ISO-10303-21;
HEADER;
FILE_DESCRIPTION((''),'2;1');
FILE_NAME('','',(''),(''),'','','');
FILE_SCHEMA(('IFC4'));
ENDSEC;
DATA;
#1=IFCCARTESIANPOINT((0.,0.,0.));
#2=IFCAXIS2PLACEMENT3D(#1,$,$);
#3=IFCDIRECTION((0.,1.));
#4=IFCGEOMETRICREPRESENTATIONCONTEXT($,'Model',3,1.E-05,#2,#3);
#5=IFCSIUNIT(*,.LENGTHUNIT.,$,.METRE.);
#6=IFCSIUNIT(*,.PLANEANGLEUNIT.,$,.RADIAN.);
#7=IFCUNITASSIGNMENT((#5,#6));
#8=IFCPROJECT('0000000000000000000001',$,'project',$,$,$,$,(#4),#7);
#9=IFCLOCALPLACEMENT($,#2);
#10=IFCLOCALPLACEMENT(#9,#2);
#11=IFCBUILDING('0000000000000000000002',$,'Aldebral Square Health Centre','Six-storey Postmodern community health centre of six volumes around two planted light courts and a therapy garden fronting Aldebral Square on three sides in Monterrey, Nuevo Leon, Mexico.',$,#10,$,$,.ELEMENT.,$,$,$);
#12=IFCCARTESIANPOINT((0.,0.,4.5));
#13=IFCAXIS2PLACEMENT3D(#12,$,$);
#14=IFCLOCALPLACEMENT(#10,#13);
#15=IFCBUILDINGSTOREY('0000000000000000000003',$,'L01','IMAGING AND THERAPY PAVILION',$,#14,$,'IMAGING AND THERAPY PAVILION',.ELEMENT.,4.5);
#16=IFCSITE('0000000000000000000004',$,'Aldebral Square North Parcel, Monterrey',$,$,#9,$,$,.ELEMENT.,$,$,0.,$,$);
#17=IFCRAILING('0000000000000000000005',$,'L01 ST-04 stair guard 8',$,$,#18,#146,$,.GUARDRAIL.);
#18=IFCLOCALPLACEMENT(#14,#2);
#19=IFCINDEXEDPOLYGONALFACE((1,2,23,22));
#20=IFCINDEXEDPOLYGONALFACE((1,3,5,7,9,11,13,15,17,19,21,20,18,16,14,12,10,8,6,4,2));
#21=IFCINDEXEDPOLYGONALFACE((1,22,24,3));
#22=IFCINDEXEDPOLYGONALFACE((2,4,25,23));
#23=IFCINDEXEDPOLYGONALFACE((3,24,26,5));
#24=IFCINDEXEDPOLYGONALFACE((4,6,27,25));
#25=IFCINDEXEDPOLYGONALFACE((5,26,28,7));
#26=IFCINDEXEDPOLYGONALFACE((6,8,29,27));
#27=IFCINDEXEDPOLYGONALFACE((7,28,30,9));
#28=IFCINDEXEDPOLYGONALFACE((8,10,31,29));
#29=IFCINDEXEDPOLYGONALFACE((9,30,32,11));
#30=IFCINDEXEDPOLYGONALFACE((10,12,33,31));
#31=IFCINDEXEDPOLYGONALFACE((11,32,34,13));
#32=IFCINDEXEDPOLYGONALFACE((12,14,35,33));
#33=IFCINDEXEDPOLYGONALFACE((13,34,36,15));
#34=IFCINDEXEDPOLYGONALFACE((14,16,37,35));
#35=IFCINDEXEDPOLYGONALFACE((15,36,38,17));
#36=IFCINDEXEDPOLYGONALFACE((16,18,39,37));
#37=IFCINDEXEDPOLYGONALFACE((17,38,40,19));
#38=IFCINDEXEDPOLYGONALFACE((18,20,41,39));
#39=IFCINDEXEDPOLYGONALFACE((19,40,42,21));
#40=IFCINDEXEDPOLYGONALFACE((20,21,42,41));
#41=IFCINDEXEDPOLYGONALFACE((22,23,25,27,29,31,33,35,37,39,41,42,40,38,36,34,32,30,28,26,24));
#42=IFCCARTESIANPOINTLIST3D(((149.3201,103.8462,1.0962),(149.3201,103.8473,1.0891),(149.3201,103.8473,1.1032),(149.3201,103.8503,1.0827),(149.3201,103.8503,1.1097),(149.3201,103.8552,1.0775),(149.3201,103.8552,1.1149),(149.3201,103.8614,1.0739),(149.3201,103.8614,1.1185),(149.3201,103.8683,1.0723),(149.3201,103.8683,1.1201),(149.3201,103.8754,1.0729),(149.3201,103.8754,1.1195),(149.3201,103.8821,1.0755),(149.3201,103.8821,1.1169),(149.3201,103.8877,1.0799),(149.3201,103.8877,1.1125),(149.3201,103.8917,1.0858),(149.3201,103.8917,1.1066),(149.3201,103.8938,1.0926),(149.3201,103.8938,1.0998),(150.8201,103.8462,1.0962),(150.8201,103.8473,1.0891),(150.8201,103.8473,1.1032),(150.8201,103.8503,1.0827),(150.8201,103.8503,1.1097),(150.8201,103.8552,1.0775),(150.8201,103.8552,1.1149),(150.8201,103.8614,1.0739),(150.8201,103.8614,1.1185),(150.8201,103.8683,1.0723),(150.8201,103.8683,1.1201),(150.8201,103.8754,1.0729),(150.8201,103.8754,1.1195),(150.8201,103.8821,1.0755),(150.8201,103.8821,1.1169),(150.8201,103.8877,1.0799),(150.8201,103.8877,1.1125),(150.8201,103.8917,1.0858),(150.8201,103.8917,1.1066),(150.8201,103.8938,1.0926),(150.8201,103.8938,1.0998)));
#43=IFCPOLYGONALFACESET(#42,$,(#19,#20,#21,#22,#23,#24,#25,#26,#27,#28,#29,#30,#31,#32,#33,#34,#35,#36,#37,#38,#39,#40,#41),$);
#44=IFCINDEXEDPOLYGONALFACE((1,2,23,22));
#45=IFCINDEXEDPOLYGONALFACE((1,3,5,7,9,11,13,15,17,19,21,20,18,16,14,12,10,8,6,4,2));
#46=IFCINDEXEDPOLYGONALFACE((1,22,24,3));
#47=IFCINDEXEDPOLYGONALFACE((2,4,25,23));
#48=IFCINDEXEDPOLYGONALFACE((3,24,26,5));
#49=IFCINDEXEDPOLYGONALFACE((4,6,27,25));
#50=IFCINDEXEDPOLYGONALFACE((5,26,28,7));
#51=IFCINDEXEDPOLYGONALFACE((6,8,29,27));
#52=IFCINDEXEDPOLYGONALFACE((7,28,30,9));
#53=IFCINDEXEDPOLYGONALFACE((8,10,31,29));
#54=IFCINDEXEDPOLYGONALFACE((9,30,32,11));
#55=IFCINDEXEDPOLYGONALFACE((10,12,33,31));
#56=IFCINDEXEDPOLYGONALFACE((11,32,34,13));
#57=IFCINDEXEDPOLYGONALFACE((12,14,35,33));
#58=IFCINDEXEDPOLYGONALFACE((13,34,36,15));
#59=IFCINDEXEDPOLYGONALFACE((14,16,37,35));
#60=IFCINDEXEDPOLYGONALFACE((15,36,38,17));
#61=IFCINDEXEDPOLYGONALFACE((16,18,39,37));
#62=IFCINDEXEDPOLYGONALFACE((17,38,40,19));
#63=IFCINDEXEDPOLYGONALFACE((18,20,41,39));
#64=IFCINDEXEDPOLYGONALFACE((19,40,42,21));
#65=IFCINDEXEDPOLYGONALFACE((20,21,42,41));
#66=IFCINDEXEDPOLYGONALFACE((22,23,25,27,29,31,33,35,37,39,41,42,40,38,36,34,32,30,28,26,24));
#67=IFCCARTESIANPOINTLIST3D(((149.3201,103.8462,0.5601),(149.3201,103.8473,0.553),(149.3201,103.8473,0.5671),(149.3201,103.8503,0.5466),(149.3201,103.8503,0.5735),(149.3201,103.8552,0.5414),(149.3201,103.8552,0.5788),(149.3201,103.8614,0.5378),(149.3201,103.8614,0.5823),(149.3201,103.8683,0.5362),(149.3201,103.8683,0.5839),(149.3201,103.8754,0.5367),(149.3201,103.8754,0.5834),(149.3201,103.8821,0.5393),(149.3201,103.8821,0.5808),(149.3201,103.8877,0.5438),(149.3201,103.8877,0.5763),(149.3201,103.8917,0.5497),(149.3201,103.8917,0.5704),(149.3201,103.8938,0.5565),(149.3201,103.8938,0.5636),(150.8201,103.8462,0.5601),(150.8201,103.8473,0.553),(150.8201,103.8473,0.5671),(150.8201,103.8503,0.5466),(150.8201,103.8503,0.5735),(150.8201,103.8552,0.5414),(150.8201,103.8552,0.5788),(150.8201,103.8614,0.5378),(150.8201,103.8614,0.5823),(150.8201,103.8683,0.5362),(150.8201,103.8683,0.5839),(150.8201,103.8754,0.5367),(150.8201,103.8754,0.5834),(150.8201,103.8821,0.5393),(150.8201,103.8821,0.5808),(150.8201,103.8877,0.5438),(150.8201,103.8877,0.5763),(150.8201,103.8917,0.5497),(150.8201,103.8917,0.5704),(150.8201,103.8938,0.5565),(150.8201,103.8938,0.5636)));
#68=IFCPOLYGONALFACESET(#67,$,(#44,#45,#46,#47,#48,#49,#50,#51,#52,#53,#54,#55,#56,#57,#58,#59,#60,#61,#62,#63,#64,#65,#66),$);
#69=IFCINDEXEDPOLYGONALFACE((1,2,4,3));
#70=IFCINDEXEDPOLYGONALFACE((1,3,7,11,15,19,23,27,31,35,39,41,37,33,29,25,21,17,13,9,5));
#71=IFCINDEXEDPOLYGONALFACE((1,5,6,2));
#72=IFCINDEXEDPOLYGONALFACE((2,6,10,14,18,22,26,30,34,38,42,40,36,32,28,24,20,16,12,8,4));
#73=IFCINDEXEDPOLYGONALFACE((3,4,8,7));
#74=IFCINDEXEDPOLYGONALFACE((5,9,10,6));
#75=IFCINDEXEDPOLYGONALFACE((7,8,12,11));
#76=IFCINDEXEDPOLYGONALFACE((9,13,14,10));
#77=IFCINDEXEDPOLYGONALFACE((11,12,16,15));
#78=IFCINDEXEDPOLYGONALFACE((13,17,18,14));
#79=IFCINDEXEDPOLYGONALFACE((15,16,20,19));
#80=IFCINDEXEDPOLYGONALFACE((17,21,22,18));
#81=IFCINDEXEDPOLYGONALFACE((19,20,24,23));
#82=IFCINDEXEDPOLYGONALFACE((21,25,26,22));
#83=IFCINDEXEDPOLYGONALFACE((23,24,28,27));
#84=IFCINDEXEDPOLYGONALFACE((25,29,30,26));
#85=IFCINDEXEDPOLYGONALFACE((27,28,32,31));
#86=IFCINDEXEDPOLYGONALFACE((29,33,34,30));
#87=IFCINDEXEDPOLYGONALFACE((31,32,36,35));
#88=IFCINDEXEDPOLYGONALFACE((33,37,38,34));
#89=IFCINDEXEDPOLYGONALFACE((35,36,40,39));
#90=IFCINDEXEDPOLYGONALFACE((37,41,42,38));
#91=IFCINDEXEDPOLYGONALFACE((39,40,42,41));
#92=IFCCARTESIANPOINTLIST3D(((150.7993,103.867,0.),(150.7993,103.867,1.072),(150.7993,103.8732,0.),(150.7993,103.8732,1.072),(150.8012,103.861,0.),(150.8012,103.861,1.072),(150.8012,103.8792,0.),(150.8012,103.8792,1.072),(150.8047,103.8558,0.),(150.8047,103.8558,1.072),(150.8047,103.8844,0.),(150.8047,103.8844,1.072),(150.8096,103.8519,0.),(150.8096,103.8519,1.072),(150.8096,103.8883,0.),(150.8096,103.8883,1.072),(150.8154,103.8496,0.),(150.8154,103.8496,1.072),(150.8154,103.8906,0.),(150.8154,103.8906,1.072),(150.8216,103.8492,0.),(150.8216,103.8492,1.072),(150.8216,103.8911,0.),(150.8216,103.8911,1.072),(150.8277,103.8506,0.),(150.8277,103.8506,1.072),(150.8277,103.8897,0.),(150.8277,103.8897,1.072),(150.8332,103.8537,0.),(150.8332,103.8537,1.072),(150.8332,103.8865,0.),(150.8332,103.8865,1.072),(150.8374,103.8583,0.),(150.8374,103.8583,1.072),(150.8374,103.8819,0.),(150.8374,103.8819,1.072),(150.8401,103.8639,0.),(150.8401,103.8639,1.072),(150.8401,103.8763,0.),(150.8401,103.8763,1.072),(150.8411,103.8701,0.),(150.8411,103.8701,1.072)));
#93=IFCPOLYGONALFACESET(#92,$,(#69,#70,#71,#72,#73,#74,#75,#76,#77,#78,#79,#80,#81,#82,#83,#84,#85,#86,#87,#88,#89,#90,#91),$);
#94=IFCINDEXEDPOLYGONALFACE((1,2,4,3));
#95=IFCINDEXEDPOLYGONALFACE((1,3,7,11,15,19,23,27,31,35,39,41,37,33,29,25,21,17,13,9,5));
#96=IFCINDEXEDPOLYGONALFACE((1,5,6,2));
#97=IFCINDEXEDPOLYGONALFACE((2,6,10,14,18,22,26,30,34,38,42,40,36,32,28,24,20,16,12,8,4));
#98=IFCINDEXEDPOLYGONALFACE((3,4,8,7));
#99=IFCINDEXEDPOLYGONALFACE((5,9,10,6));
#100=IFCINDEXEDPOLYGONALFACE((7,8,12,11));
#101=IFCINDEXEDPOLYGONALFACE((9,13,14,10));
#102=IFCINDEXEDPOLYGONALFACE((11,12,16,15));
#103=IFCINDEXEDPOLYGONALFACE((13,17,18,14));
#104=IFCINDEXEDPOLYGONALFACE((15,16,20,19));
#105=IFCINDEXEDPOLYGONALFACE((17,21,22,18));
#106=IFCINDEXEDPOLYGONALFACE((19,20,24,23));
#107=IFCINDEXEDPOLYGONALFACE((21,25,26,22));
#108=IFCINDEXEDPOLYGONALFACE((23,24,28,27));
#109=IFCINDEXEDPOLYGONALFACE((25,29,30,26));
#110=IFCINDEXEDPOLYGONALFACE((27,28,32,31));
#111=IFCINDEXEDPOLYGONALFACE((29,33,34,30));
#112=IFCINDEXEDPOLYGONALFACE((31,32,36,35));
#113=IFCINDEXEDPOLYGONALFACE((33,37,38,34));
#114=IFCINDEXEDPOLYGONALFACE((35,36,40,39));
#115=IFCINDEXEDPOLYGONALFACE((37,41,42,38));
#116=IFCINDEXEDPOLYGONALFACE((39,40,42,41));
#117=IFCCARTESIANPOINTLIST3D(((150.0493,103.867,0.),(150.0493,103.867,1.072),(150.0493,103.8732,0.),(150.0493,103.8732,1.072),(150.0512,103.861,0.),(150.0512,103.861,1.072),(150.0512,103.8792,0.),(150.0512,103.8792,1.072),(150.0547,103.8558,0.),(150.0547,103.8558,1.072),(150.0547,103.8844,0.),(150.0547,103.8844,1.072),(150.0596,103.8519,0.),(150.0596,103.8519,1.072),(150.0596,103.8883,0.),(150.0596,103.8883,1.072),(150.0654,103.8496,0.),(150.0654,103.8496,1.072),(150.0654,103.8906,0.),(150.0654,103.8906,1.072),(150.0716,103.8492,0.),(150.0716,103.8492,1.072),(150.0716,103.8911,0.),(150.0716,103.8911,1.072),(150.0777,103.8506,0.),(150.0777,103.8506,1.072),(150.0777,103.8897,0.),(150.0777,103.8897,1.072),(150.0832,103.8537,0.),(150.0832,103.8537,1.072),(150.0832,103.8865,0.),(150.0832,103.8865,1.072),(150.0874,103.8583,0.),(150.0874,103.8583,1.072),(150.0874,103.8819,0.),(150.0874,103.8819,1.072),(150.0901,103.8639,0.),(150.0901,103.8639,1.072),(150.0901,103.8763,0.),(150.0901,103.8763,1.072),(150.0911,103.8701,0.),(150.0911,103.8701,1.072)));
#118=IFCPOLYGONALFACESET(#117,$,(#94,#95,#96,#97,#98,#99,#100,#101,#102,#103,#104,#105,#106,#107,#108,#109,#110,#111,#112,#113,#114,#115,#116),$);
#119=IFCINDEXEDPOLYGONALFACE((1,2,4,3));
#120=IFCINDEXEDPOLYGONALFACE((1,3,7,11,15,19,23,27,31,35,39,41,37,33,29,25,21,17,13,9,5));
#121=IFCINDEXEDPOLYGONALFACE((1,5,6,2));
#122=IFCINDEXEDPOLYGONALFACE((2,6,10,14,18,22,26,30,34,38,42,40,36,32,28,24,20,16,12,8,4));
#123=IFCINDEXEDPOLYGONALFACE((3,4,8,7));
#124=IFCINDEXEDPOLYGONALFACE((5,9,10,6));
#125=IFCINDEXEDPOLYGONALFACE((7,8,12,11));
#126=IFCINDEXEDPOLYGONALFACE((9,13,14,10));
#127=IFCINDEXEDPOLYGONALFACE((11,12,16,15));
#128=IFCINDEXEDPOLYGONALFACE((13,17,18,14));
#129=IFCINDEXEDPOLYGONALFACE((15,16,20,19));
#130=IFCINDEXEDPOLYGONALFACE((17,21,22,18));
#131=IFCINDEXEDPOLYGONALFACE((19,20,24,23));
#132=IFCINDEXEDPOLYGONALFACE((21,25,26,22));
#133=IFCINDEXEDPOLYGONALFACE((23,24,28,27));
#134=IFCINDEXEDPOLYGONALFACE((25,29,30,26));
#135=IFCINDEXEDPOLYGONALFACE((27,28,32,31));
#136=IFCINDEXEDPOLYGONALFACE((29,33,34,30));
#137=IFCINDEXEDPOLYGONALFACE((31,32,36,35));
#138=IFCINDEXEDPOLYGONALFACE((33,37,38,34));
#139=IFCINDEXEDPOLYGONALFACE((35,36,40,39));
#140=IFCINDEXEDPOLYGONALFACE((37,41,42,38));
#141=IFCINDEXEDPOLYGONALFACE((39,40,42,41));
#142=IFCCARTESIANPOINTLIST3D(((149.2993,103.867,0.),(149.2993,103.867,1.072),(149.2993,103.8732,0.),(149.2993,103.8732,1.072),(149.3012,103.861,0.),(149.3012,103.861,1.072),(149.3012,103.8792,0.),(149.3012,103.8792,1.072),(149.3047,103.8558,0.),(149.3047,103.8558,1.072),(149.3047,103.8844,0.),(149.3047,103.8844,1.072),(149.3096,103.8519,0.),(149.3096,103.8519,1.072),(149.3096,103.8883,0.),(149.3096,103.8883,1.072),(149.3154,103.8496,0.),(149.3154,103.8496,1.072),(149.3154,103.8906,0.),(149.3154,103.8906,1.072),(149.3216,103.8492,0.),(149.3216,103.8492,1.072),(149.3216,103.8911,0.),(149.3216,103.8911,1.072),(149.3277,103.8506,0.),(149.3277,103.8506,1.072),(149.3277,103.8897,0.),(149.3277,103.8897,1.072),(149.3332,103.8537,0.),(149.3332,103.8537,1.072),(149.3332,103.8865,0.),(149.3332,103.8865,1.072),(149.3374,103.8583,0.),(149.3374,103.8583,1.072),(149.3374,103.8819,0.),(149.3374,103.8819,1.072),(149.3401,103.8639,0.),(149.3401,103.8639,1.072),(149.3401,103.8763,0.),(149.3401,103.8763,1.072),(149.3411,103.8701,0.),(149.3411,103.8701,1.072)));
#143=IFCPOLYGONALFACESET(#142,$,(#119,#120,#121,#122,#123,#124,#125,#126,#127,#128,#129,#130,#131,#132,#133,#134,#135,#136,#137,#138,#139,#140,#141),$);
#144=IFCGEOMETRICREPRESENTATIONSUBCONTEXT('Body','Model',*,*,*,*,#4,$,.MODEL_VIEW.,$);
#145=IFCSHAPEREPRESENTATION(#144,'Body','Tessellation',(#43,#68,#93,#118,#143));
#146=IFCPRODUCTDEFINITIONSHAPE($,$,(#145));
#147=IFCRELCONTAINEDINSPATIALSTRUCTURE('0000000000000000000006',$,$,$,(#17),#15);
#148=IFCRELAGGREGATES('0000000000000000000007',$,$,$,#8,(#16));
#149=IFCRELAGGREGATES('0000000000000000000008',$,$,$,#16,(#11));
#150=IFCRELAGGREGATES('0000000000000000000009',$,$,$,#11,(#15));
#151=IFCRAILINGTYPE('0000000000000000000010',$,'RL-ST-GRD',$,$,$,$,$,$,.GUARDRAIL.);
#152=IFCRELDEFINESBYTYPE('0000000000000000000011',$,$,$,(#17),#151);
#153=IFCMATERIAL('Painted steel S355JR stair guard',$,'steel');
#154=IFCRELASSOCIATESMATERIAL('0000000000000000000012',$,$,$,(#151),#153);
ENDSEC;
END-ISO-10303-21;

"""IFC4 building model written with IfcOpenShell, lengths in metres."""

from ifc_helpers import new_model, si_unit, direction, frame, origin, origin_2d, place, context, subcontext, project, spatial, circle, extrude, material, type_object, element, save


model = new_model("IFC4")

# Units and contexts
model_context = context("Model", 3, precision=1e-05, world=origin(), true_north=direction((0.0, 1.0)))
body_context = subcontext(model_context, "Body", "Model", "MODEL_VIEW")
ifc_project = project(units=[si_unit("LENGTHUNIT", "METRE"), si_unit("PLANEANGLEUNIT", "RADIAN")], contexts=[model_context])

# Site, building, storey
site_placement = place(None, origin())
site = spatial("IfcSite", under=ifc_project, at=site_placement, Name="Aldebral Square North Parcel, Monterrey", CompositionType="ELEMENT", RefElevation=0.0)
building_placement = place(site_placement, origin())
building = spatial("IfcBuilding", under=site, at=building_placement, Name="Aldebral Square Health Centre", Description="Six-storey Postmodern community health centre of six volumes around two planted light courts and a therapy garden fronting Aldebral Square on three sides in Monterrey, Nuevo Leon, Mexico.", CompositionType="ELEMENT")
storey_placement = place(building_placement, frame((0.0, 0.0, 4.5)))
storey = spatial("IfcBuildingStorey", under=building, at=storey_placement, Name="L01", Description="IMAGING AND THERAPY PAVILION", LongName="IMAGING AND THERAPY PAVILION", CompositionType="ELEMENT", Elevation=4.5)

# Railing
ifc_material_1 = material(Name="Painted steel S355JR stair guard", Category="steel")
railing_type_1 = type_object("IfcRailingType", Name="RL-ST-GRD", PredefinedType="GUARDRAIL", material=ifc_material_1)
railing_1_placement = place(storey_placement, frame((150.8201, 103.8701, 0.0)))
element("IfcRailing", 1, at=railing_1_placement, inside=storey, type_object=railing_type_1, Name="L01 ST-04 stair guard 8", PredefinedType="GUARDRAIL", context=body_context, shape_type="SweptSolid", body=[
    extrude(circle(Radius=0.0239, at=origin_2d()), frame((0.0, 0.0, 1.0962), z_axis=(-1.0, 0.0, 0.0), x_axis=(0.0, -1.0, 0.0)), (0.0, 0.0, 1.0), 1.5),
    extrude(circle(Radius=0.0239, at=origin_2d()), frame((0.0, 0.0, 0.5601), z_axis=(-1.0, 0.0, 0.0), x_axis=(0.0, -1.0, 0.0)), (0.0, 0.0, 1.0), 1.5),
    extrude(circle(Radius=0.021, at=origin_2d()), origin(), (0.0, 0.0, 1.0), 1.072),
    extrude(circle(Radius=0.021, at=origin_2d()), frame((-0.75, 0.0, 0.0)), (0.0, 0.0, 1.0), 1.072),
    extrude(circle(Radius=0.021, at=origin_2d()), frame((-1.5, 0.0, 0.0)), (0.0, 0.0, 1.0), 1.072),
])

save(model, "model.ifc")
